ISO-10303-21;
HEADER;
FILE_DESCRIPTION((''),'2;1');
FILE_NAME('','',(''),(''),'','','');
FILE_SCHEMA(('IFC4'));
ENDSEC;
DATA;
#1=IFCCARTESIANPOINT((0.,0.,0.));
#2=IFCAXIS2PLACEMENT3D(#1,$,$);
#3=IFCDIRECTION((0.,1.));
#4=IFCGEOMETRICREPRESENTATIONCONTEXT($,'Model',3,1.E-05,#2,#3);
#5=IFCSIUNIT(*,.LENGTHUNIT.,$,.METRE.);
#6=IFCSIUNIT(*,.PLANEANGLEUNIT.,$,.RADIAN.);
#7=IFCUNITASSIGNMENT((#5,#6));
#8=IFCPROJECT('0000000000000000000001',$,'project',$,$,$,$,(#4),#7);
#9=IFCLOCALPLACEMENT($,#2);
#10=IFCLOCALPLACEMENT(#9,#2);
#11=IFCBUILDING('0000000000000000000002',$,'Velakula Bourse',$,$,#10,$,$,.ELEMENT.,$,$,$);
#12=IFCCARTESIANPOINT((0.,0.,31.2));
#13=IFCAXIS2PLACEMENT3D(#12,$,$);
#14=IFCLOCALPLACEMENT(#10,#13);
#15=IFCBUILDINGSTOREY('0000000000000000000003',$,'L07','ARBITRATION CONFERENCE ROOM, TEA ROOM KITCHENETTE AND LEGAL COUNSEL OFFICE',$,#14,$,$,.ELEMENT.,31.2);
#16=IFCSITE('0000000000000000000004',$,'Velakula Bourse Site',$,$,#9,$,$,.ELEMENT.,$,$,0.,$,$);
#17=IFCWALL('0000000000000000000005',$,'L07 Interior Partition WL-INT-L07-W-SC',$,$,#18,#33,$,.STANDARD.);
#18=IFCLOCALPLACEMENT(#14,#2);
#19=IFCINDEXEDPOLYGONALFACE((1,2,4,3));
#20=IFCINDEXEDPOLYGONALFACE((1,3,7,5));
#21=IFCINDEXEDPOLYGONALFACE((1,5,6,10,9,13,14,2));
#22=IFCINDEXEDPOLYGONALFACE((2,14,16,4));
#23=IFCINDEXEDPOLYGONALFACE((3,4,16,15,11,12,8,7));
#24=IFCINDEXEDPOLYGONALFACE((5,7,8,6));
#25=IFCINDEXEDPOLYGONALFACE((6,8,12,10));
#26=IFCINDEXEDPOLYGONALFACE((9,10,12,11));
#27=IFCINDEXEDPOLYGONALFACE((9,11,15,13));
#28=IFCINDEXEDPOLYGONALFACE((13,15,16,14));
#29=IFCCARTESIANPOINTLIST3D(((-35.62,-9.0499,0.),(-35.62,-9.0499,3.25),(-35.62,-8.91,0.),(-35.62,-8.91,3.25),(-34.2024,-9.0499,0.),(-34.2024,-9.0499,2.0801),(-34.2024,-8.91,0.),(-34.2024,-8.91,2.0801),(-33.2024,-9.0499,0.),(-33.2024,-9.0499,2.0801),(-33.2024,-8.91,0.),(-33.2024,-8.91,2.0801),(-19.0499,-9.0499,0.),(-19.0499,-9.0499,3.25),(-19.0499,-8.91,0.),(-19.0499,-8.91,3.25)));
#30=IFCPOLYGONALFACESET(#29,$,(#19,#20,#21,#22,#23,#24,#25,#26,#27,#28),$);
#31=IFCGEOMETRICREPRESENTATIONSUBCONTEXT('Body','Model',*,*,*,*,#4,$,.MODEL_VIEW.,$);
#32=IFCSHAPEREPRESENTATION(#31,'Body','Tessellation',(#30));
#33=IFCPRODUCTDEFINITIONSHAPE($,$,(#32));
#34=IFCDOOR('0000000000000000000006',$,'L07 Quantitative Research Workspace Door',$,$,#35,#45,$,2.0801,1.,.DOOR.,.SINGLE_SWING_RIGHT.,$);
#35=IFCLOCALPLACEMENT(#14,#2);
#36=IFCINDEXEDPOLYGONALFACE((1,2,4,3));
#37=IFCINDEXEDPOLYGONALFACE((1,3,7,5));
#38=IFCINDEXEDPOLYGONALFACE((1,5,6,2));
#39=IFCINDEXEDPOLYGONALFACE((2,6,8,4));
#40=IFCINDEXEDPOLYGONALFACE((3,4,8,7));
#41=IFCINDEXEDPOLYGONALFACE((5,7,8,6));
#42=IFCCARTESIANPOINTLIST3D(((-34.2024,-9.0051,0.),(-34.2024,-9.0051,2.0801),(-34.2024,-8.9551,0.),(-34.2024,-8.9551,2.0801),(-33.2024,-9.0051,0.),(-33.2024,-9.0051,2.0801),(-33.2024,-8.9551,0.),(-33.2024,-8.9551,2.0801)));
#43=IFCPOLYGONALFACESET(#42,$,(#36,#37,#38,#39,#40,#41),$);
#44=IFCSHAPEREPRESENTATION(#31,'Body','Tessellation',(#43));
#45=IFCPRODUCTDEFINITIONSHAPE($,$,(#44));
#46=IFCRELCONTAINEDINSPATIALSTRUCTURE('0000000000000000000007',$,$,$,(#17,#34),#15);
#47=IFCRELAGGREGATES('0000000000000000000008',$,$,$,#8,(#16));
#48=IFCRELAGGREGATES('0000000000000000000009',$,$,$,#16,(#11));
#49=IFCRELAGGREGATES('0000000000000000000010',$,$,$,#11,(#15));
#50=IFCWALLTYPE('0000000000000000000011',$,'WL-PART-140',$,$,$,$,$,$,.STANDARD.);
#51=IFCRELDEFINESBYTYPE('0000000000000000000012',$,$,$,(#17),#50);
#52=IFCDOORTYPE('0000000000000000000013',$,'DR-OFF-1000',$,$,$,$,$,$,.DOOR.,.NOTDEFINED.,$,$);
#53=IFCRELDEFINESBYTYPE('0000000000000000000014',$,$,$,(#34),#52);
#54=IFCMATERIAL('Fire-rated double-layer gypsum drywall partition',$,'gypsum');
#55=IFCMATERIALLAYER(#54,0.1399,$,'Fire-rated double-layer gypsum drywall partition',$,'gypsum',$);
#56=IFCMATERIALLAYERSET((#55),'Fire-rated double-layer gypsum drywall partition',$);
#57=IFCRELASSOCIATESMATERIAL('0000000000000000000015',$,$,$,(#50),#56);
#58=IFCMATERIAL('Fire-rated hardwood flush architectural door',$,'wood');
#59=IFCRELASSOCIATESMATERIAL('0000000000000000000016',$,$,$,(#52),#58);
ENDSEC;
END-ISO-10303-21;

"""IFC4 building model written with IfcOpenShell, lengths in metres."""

from ifc_helpers import new_model, si_unit, direction, frame, frame_2d, origin, place, context, subcontext, project, spatial, rectangle, extrude, material, layer, layer_set, type_object, element, fill, save


model = new_model("IFC4")

# Units and contexts
model_context = context("Model", 3, precision=1e-05, world=origin(), true_north=direction((0.0, 1.0)))
body_context = subcontext(model_context, "Body", "Model", "MODEL_VIEW")
ifc_project = project(units=[si_unit("LENGTHUNIT", "METRE"), si_unit("PLANEANGLEUNIT", "RADIAN")], contexts=[model_context])

# Site, building, storey
site_placement = place(None, origin())
site = spatial("IfcSite", under=ifc_project, at=site_placement, Name="Velakula Bourse Site", CompositionType="ELEMENT", RefElevation=0.0)
building_placement = place(site_placement, origin())
building = spatial("IfcBuilding", under=site, at=building_placement, Name="Velakula Bourse", CompositionType="ELEMENT")
storey_placement = place(building_placement, frame((0.0, 0.0, 31.2)))
storey = spatial("IfcBuildingStorey", under=building, at=storey_placement, Name="L07", Description="ARBITRATION CONFERENCE ROOM, TEA ROOM KITCHENETTE AND LEGAL COUNSEL OFFICE", CompositionType="ELEMENT", Elevation=31.2)

# Shared definitions
ifc_material_1 = material(Name="Fire-rated double-layer gypsum drywall partition", Category="gypsum")
ifc_layer_1 = layer(ifc_material_1, 0.1399, Name="Fire-rated double-layer gypsum drywall partition", Category="gypsum")
ifc_layer_set_1 = layer_set([ifc_layer_1], Name="Fire-rated double-layer gypsum drywall partition")
wall_type_1 = type_object("IfcWallType", Name="WL-PART-140", PredefinedType="STANDARD", material=ifc_layer_set_1)
ifc_material_2 = material(Name="Fire-rated hardwood flush architectural door", Category="wood")
door_type_1 = type_object("IfcDoorType", Name="DR-OFF-1000", OperationType="NOTDEFINED", PredefinedType="DOOR", material=ifc_material_2)

# Wall, opening, door
wall_1_placement = place(storey_placement, frame((-35.6201, -8.98, 0.0), z_axis=(0.0, 0.0, 1.0), x_axis=(1.0, 0.0, 0.0)))
wall_1 = element("IfcWall", 1, at=wall_1_placement, inside=storey, type_object=wall_type_1, Name="L07 Interior Partition WL-INT-L07-W-SC", PredefinedType="STANDARD", context=body_context, shape_type="SweptSolid", body=[
    extrude(rectangle(XDim=16.5701, YDim=0.1399, at=frame_2d((8.2852, 0.0))), origin(), (0.0, 0.0, 1.0), 3.25),
])
opening_1_placement = place(wall_1_placement, frame((1.4177, 0.0, 0.0)))
opening_1 = element("IfcOpeningElement", 2, at=opening_1_placement, cuts=wall_1, PredefinedType="OPENING", context=body_context, shape_type="SweptSolid", body=[
    extrude(rectangle(XDim=1.0, YDim=2.0801, at=frame_2d((0.5, 1.04))), frame((0.0, 0.0798, 0.0), z_axis=(0.0, -1.0, 0.0), x_axis=(1.0, 0.0, 0.0)), (0.0, 0.0, 1.0), 0.1599),
])
door_1_placement = place(opening_1_placement, origin())
door_1 = element("IfcDoor", 3, at=door_1_placement, inside=storey, type_object=door_type_1, Name="L07 Quantitative Research Workspace Door", OperationType="SINGLE_SWING_RIGHT", OverallHeight=2.0801, OverallWidth=1.0, PredefinedType="DOOR", context=body_context, shape_type="SweptSolid", body=[
    extrude(rectangle(XDim=1.0, YDim=2.0801, at=frame_2d((0.5, 1.04))), frame((0.0, 0.0249, 0.0), z_axis=(0.0, -1.0, 0.0), x_axis=(1.0, 0.0, 0.0)), (0.0, 0.0, 1.0), 0.05),
])
fill(opening_1, door_1)

save(model, "model.ifc")
